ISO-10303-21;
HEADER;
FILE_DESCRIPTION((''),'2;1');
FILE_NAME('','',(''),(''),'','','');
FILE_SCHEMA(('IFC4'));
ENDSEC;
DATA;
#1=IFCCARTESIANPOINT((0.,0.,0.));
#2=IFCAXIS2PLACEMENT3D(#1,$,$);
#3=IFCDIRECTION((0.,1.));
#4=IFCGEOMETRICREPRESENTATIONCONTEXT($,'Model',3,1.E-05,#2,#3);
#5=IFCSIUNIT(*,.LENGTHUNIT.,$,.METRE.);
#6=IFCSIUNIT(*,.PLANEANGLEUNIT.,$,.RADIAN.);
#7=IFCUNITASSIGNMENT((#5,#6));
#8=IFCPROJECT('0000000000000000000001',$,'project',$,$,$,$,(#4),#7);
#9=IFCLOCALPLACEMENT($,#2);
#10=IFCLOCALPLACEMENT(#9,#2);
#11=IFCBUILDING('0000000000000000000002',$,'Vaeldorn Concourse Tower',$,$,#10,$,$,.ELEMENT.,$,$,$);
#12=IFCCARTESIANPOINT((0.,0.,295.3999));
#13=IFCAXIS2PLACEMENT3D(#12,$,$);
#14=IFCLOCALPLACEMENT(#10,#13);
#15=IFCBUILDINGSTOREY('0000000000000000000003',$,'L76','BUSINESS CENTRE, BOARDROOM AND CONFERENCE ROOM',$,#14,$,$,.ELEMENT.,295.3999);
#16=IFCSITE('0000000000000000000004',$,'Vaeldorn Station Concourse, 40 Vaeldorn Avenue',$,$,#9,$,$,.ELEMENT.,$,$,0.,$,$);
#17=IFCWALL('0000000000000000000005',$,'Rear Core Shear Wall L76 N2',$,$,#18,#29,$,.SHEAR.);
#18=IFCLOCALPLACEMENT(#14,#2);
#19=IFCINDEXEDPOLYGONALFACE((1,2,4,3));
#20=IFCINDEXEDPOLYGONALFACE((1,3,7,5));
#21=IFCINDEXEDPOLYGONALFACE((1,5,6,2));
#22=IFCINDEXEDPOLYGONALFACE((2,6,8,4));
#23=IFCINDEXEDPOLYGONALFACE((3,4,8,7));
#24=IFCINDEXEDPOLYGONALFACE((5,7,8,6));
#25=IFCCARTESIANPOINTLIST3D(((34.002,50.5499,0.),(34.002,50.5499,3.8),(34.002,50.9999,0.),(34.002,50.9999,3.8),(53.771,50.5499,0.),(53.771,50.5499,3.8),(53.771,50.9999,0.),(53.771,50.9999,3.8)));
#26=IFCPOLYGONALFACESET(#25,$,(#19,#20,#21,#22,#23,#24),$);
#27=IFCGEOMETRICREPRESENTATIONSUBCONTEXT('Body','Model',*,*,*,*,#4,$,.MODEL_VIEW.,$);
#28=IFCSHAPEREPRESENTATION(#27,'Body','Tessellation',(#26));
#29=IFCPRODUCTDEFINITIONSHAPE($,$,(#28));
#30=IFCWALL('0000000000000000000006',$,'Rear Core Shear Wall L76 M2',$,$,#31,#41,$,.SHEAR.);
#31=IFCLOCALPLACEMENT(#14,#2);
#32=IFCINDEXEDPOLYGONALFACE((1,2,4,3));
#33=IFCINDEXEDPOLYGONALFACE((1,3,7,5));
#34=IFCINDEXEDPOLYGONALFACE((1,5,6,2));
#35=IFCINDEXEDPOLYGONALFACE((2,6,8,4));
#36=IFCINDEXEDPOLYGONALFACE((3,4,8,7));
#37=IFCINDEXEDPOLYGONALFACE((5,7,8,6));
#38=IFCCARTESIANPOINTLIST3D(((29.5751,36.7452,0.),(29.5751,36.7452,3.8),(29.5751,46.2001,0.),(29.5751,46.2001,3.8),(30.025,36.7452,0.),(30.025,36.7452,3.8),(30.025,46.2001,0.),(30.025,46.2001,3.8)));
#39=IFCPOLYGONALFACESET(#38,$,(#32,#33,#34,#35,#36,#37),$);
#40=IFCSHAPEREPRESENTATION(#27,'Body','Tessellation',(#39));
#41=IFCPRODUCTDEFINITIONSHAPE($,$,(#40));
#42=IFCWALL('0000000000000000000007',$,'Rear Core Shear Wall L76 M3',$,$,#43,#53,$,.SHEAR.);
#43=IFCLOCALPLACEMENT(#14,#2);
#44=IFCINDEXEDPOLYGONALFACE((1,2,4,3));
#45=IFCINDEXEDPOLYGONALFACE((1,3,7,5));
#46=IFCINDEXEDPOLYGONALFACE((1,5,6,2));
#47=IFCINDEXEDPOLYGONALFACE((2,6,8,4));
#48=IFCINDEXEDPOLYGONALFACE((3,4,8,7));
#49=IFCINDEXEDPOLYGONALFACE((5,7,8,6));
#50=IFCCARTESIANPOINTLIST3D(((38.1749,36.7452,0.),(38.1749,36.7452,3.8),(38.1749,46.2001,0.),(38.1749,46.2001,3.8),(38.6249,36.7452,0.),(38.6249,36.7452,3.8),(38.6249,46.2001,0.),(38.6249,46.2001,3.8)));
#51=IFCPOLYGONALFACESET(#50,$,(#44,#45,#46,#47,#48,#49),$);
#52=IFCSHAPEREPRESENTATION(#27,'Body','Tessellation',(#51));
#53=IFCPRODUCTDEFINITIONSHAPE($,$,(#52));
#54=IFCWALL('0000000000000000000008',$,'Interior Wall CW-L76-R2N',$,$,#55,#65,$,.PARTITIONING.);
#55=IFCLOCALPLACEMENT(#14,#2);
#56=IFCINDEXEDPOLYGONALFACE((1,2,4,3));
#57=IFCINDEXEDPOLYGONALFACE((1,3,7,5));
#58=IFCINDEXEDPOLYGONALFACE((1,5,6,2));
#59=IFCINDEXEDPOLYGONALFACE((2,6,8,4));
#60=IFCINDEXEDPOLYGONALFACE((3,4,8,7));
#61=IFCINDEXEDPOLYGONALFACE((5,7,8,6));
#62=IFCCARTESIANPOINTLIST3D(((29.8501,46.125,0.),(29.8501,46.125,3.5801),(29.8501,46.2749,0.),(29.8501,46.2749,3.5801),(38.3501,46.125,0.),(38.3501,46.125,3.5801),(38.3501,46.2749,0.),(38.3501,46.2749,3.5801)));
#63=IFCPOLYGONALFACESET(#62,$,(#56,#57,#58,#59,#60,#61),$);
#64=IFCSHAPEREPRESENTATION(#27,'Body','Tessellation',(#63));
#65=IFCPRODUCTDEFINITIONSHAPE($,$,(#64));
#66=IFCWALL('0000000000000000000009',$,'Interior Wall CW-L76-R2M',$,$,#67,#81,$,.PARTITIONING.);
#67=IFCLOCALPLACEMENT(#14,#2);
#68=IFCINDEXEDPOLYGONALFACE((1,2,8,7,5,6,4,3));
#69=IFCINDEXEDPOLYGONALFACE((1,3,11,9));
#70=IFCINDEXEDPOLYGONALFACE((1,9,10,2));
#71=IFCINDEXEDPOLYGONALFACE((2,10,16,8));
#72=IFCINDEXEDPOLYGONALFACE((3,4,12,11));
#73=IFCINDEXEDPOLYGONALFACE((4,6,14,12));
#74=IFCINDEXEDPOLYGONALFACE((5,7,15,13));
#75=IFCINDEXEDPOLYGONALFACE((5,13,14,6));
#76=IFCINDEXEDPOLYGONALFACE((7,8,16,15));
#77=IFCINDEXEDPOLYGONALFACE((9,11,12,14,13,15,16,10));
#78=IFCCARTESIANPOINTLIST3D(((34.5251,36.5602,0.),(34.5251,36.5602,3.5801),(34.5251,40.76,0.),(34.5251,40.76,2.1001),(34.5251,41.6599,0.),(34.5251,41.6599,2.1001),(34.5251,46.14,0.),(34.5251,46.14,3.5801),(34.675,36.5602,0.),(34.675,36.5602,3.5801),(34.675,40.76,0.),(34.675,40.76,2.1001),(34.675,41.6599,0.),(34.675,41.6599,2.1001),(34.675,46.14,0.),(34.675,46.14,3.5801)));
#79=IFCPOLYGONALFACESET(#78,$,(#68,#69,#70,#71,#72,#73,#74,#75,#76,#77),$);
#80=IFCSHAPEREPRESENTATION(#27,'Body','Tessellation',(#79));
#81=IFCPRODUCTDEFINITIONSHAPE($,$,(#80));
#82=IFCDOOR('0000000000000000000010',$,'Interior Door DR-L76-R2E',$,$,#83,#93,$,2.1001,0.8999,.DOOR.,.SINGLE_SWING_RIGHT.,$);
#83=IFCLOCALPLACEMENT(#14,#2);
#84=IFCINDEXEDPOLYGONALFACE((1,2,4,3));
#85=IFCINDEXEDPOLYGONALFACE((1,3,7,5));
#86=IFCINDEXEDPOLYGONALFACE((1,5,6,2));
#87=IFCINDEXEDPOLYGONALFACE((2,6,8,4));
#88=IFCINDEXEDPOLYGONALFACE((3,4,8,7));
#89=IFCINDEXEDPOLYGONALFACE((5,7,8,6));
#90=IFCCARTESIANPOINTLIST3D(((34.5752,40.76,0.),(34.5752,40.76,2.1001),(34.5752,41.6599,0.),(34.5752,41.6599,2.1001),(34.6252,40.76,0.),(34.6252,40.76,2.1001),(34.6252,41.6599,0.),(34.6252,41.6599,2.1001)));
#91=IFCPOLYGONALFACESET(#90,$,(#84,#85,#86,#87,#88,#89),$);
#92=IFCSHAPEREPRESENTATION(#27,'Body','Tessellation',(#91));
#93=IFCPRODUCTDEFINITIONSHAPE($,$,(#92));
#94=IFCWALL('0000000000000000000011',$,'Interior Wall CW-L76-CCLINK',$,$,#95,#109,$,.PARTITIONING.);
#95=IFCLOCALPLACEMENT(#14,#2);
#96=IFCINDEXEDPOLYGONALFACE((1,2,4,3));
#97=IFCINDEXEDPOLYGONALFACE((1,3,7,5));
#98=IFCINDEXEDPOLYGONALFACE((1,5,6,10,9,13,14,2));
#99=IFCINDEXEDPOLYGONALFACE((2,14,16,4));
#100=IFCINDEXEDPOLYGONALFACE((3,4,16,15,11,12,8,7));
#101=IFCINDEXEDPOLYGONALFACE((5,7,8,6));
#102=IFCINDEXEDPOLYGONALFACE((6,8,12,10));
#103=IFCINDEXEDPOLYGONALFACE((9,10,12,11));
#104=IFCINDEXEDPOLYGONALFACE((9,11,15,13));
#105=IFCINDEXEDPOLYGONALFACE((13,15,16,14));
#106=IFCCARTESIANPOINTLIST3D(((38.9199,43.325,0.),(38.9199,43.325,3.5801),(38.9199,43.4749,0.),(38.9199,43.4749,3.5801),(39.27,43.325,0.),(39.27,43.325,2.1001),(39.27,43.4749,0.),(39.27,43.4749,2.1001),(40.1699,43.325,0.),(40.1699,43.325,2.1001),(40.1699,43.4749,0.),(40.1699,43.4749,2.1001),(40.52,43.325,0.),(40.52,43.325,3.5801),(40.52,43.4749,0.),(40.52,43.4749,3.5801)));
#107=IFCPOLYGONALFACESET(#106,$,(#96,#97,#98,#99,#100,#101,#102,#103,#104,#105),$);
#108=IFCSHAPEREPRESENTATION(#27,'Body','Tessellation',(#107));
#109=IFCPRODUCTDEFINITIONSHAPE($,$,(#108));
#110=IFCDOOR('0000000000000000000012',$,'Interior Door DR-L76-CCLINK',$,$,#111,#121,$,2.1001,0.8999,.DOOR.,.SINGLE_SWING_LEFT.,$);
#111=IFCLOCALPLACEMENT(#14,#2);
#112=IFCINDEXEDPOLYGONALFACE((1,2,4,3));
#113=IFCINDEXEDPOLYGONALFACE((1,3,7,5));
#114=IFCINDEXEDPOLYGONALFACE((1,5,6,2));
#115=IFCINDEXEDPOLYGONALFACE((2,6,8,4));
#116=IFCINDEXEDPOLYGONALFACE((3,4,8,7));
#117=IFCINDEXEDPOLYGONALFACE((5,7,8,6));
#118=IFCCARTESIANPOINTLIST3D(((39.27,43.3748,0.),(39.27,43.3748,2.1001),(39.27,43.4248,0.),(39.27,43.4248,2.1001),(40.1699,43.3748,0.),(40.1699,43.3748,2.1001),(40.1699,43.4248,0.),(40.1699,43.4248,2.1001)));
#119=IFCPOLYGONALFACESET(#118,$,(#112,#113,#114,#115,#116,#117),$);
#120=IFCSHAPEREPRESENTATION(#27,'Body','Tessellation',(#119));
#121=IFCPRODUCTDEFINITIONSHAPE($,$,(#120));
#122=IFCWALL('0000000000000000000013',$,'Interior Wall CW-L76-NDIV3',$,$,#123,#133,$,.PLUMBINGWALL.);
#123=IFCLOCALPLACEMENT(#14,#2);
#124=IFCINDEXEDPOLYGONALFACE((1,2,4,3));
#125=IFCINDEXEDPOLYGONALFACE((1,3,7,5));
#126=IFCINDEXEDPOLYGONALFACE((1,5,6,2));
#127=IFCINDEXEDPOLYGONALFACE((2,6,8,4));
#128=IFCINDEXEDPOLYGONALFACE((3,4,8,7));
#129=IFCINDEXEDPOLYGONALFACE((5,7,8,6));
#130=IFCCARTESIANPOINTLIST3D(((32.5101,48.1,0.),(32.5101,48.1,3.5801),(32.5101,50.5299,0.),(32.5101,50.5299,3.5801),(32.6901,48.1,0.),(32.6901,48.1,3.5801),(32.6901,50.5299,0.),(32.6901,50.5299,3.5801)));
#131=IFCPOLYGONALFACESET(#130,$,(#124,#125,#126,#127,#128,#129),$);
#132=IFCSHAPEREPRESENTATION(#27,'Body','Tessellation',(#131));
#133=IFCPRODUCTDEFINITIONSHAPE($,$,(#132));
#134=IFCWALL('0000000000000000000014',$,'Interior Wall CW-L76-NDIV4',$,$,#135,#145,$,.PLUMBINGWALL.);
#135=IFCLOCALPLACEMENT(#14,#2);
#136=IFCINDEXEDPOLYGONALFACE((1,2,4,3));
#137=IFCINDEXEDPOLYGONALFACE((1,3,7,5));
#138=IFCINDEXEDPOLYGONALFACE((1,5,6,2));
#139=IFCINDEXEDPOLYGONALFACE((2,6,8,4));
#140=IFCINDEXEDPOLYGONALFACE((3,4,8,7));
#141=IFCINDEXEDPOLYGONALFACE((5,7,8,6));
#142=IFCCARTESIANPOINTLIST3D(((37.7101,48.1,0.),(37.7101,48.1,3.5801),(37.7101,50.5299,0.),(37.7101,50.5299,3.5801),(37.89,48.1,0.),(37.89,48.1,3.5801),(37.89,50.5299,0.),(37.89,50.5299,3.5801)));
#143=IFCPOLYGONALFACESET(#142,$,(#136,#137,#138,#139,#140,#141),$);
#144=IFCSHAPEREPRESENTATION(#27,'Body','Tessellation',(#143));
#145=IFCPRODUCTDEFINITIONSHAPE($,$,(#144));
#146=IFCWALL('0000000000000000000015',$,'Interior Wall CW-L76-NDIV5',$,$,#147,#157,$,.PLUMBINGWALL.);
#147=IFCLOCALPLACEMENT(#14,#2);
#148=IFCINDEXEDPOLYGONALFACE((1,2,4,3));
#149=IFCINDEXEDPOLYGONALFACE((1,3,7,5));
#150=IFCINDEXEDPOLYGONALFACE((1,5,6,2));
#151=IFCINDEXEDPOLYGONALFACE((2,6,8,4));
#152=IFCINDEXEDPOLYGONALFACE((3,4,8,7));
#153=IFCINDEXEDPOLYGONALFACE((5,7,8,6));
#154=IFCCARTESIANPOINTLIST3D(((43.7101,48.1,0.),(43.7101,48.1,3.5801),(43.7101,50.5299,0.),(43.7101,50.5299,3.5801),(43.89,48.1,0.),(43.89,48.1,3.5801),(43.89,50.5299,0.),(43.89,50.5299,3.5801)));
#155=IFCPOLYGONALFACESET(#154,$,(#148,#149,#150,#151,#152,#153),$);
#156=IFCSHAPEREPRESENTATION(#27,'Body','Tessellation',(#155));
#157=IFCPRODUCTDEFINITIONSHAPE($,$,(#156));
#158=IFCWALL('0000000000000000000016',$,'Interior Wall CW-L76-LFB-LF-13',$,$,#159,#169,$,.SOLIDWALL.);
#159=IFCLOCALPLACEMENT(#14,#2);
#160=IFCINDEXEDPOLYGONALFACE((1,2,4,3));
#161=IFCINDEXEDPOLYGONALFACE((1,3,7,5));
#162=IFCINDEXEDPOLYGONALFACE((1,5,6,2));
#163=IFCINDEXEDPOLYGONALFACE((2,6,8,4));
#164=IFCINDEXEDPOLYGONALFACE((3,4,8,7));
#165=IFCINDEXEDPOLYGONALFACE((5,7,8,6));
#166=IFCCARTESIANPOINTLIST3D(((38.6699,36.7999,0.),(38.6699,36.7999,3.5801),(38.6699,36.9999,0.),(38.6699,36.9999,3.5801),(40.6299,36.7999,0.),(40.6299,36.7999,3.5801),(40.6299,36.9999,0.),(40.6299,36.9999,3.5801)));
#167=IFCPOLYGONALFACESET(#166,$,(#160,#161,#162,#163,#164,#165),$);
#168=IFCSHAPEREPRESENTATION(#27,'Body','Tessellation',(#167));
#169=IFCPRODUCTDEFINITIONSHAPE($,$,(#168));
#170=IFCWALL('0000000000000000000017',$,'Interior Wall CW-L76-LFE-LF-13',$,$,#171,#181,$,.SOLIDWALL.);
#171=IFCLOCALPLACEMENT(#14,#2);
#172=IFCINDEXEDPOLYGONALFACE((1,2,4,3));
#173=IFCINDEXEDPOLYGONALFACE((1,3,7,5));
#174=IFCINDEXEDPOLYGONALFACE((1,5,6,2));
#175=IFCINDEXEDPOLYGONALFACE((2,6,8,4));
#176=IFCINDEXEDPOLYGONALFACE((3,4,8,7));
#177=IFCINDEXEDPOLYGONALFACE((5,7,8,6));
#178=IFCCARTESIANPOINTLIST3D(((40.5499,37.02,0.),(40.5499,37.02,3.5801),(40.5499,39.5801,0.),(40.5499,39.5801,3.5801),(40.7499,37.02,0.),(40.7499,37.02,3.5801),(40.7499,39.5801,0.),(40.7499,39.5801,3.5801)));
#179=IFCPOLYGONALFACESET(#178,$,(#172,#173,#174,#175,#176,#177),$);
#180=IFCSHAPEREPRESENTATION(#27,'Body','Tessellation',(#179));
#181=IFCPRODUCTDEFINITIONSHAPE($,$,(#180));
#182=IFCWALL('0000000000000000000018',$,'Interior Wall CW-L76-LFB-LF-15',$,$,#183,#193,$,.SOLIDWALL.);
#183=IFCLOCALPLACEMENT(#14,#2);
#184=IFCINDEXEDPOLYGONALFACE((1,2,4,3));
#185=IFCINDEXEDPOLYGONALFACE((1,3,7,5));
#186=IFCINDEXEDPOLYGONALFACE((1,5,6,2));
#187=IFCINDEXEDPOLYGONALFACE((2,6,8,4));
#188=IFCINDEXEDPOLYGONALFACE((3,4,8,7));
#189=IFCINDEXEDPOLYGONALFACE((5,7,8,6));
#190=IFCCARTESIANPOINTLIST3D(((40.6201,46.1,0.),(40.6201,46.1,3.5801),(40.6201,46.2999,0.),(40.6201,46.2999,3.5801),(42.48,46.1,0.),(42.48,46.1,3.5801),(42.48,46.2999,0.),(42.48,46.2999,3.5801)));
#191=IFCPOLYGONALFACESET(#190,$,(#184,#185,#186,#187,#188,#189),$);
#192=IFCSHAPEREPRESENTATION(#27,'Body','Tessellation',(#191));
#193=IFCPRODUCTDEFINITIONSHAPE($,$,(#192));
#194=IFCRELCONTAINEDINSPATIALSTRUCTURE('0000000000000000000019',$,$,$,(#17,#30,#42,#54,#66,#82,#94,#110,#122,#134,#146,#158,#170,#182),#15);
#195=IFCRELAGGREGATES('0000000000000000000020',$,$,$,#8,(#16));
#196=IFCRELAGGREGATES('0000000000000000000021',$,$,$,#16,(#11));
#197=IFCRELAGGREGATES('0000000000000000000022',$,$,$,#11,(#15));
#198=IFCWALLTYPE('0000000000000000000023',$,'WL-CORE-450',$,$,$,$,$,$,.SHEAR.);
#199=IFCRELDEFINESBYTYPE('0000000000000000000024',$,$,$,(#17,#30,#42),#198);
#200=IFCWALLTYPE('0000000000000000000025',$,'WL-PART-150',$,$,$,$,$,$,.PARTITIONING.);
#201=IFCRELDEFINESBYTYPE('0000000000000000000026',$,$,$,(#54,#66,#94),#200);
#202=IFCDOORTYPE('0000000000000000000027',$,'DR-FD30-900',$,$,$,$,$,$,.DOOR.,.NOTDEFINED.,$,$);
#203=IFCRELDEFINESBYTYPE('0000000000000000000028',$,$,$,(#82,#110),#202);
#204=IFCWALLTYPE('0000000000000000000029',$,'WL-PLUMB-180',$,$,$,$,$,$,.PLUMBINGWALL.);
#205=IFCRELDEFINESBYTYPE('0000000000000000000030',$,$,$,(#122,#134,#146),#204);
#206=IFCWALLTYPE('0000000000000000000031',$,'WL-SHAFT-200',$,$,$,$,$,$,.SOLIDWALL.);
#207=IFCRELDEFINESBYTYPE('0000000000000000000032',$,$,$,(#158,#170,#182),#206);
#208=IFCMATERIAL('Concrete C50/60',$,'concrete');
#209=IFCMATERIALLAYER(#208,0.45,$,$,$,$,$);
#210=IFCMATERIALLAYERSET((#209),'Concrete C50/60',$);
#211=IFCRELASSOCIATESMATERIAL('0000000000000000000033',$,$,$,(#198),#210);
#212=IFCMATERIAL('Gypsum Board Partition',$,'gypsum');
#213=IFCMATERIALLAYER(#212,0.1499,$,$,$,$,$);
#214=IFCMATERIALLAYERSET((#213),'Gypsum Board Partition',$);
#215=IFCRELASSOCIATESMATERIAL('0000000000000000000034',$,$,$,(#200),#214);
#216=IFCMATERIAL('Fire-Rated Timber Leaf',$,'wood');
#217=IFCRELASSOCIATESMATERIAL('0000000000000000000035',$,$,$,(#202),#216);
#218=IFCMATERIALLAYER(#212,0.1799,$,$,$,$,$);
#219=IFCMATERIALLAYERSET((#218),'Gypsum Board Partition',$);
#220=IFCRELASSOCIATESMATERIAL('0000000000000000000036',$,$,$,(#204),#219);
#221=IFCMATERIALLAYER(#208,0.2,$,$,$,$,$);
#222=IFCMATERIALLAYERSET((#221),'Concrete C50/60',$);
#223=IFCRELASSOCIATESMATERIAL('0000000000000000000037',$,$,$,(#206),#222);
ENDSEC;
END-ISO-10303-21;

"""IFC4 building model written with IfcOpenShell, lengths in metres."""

from ifc_helpers import new_model, si_unit, direction, frame, frame_2d, origin, place, context, subcontext, project, spatial, rectangle, extrude, source, transform, mapped, material, layer, layer_set, type_object, element, fill, save


model = new_model("IFC4")

# Units and contexts
model_context = context("Model", 3, precision=1e-05, world=origin(), true_north=direction((0.0, 1.0)))
body_context = subcontext(model_context, "Body", "Model", "MODEL_VIEW")
ifc_project = project(units=[si_unit("LENGTHUNIT", "METRE"), si_unit("PLANEANGLEUNIT", "RADIAN")], contexts=[model_context])

# Site, building, storey
site_placement = place(None, origin())
site = spatial("IfcSite", under=ifc_project, at=site_placement, Name="Vaeldorn Station Concourse, 40 Vaeldorn Avenue", CompositionType="ELEMENT", RefElevation=0.0)
building_placement = place(site_placement, origin())
building = spatial("IfcBuilding", under=site, at=building_placement, Name="Vaeldorn Concourse Tower", CompositionType="ELEMENT")
storey_placement = place(building_placement, frame((0.0, 0.0, 295.3999)))
storey = spatial("IfcBuildingStorey", under=building, at=storey_placement, Name="L76", Description="BUSINESS CENTRE, BOARDROOM AND CONFERENCE ROOM", CompositionType="ELEMENT", Elevation=295.3999)

# Walls
ifc_material_1 = material(Name="Concrete C50/60", Category="concrete")
ifc_layer_1 = layer(ifc_material_1, 0.45)
ifc_layer_set_1 = layer_set([ifc_layer_1], Name="Concrete C50/60")
wall_type_1 = type_object("IfcWallType", Name="WL-CORE-450", PredefinedType="SHEAR", material=ifc_layer_set_1)
wall_1_placement = place(storey_placement, frame((34.002, 50.7749, 0.0), z_axis=(0.0, 0.0, 1.0), x_axis=(1.0, 0.0, 0.0)))
element("IfcWall", 1, at=wall_1_placement, inside=storey, type_object=wall_type_1, Name="Rear Core Shear Wall L76 N2", PredefinedType="SHEAR", context=body_context, shape_type="SweptSolid", body=[
    extrude(rectangle(XDim=19.769, YDim=0.45, at=frame_2d((9.8845, 0.0))), origin(), (0.0, 0.0, 1.0), 3.8),
])
for number, where, z_axis, x_axis, name in (
    (2, (29.8, 36.7451, 0.0), (0.0, 0.0, 1.0), (0.0, 1.0, 0.0), "Rear Core Shear Wall L76 M2"),
    (3, (38.3999, 36.7451, 0.0), (0.0, 0.0, 1.0), (0.0, 1.0, 0.0), "Rear Core Shear Wall L76 M3"),
):
    element("IfcWall", number, at=place(storey_placement, frame(where, z_axis=z_axis, x_axis=x_axis)), inside=storey, type_object=wall_type_1, Name=name, PredefinedType="SHEAR", context=body_context, shape_type="SweptSolid", body=[
        extrude(rectangle(XDim=9.4548, YDim=0.45, at=frame_2d((4.7275, 0.0))), origin(), (0.0, 0.0, 1.0), 3.8),
    ])
ifc_material_2 = material(Name="Gypsum Board Partition", Category="gypsum")
ifc_layer_2 = layer(ifc_material_2, 0.1499)
ifc_layer_set_2 = layer_set([ifc_layer_2], Name="Gypsum Board Partition")
wall_type_2 = type_object("IfcWallType", Name="WL-PART-150", PredefinedType="PARTITIONING", material=ifc_layer_set_2)
wall_2_placement = place(storey_placement, frame((29.8501, 46.2, 0.0), z_axis=(0.0, 0.0, 1.0), x_axis=(1.0, 0.0, 0.0)))
element("IfcWall", 4, at=wall_2_placement, inside=storey, type_object=wall_type_2, Name="Interior Wall CW-L76-R2N", PredefinedType="PARTITIONING", context=body_context, shape_type="SweptSolid", body=[
    extrude(rectangle(XDim=8.5, YDim=0.1499, at=frame_2d((4.25, 0.0))), origin(), (0.0, 0.0, 1.0), 3.5801),
])

# Walls, openings, doors
wall_3_placement = place(storey_placement, frame((34.6001, 36.5601, 0.0), z_axis=(0.0, 0.0, 1.0), x_axis=(0.0, 1.0, 0.0)))
wall_3 = element("IfcWall", 5, at=wall_3_placement, inside=storey, type_object=wall_type_2, Name="Interior Wall CW-L76-R2M", PredefinedType="PARTITIONING", context=body_context, shape_type="SweptSolid", body=[
    extrude(rectangle(XDim=9.5798, YDim=0.1499, at=frame_2d((4.79, 0.0))), origin(), (0.0, 0.0, 1.0), 3.5801),
])
opening_1_placement = place(wall_3_placement, frame((4.2, 0.0, 0.0)))
opening_1 = element("IfcOpeningElement", 6, at=opening_1_placement, cuts=wall_3, PredefinedType="OPENING", context=body_context, shape_type="SweptSolid", body=[
    extrude(rectangle(XDim=0.8999, YDim=2.1001, at=frame_2d((0.45, 1.05))), frame((0.0, 0.085, 0.0), z_axis=(0.0, -1.0, 0.0), x_axis=(1.0, 0.0, 0.0)), (0.0, 0.0, 1.0), 0.1699),
])
ifc_material_3 = material(Name="Fire-Rated Timber Leaf", Category="wood")
door_type_1 = type_object("IfcDoorType", Name="DR-FD30-900", OperationType="NOTDEFINED", PredefinedType="DOOR", material=ifc_material_3)
shared_shape_1 = source(origin(), body_context, "Body", "SweptSolid", [
    extrude(rectangle(XDim=0.8999, YDim=2.1001, at=frame_2d((0.45, 1.05))), frame((0.0, 0.0249, 0.0), z_axis=(0.0, -1.0, 0.0), x_axis=(1.0, 0.0, 0.0)), (0.0, 0.0, 1.0), 0.05),
])
door_1_placement = place(opening_1_placement, origin())
door_1 = element("IfcDoor", 7, at=door_1_placement, inside=storey, type_object=door_type_1, Name="Interior Door DR-L76-R2E", OperationType="SINGLE_SWING_RIGHT", OverallHeight=2.1001, OverallWidth=0.8999, PredefinedType="DOOR", context=body_context, shape_type="MappedRepresentation", body=[
    mapped(shared_shape_1, transform((0.0, 0.0, 0.0), scale=1.0)),
])
fill(opening_1, door_1)
wall_4_placement = place(storey_placement, frame((38.9199, 43.3999, 0.0), z_axis=(0.0, 0.0, 1.0), x_axis=(1.0, 0.0, 0.0)))
wall_4 = element("IfcWall", 8, at=wall_4_placement, inside=storey, type_object=wall_type_2, Name="Interior Wall CW-L76-CCLINK", PredefinedType="PARTITIONING", context=body_context, shape_type="SweptSolid", body=[
    extrude(rectangle(XDim=1.6001, YDim=0.1499, at=frame_2d((0.8, 0.0))), origin(), (0.0, 0.0, 1.0), 3.5801),
])
opening_2_placement = place(wall_4_placement, frame((0.3501, 0.0, 0.0)))
opening_2 = element("IfcOpeningElement", 9, at=opening_2_placement, cuts=wall_4, PredefinedType="OPENING", context=body_context, shape_type="SweptSolid", body=[
    extrude(rectangle(XDim=0.8999, YDim=2.1001, at=frame_2d((0.45, 1.05))), frame((0.0, 0.085, 0.0), z_axis=(0.0, -1.0, 0.0), x_axis=(1.0, 0.0, 0.0)), (0.0, 0.0, 1.0), 0.1699),
])
door_2_placement = place(opening_2_placement, origin())
door_2 = element("IfcDoor", 10, at=door_2_placement, inside=storey, type_object=door_type_1, Name="Interior Door DR-L76-CCLINK", OperationType="SINGLE_SWING_LEFT", OverallHeight=2.1001, OverallWidth=0.8999, PredefinedType="DOOR", context=body_context, shape_type="MappedRepresentation", body=[
    mapped(shared_shape_1, transform((0.0, 0.0, 0.0), scale=1.0)),
])
fill(opening_2, door_2)

# Walls
ifc_layer_3 = layer(ifc_material_2, 0.1799)
ifc_layer_set_3 = layer_set([ifc_layer_3], Name="Gypsum Board Partition")
wall_type_3 = type_object("IfcWallType", Name="WL-PLUMB-180", PredefinedType="PLUMBINGWALL", material=ifc_layer_set_3)
for number, where, z_axis, x_axis, name in (
    (11, (32.6001, 48.1001, 0.0), (0.0, 0.0, 1.0), (0.0, 1.0, 0.0), "Interior Wall CW-L76-NDIV3"),
    (12, (37.8, 48.1001, 0.0), (0.0, 0.0, 1.0), (0.0, 1.0, 0.0), "Interior Wall CW-L76-NDIV4"),
    (13, (43.8, 48.1001, 0.0), (0.0, 0.0, 1.0), (0.0, 1.0, 0.0), "Interior Wall CW-L76-NDIV5"),
):
    element("IfcWall", number, at=place(storey_placement, frame(where, z_axis=z_axis, x_axis=x_axis)), inside=storey, type_object=wall_type_3, Name=name, PredefinedType="PLUMBINGWALL", context=body_context, shape_type="SweptSolid", body=[
        extrude(rectangle(XDim=2.4299, YDim=0.1799, at=frame_2d((1.2148, 0.0))), origin(), (0.0, 0.0, 1.0), 3.5801),
    ])

# Shared definitions
ifc_layer_4 = layer(ifc_material_1, 0.2)
ifc_layer_set_4 = layer_set([ifc_layer_4], Name="Concrete C50/60")
wall_type_4 = type_object("IfcWallType", Name="WL-SHAFT-200", PredefinedType="SOLIDWALL", material=ifc_layer_set_4)

# Walls
wall_5_placement = place(storey_placement, frame((38.6699, 36.8999, 0.0), z_axis=(0.0, 0.0, 1.0), x_axis=(1.0, 0.0, 0.0)))
element("IfcWall", 14, at=wall_5_placement, inside=storey, type_object=wall_type_4, Name="Interior Wall CW-L76-LFB-LF-13", PredefinedType="SOLIDWALL", context=body_context, shape_type="SweptSolid", body=[
    extrude(rectangle(XDim=1.96, YDim=0.2, at=frame_2d((0.98, 0.0))), origin(), (0.0, 0.0, 1.0), 3.5801),
])
wall_6_placement = place(storey_placement, frame((40.6499, 37.02, 0.0), z_axis=(0.0, 0.0, 1.0), x_axis=(0.0, 1.0, 0.0)))
element("IfcWall", 15, at=wall_6_placement, inside=storey, type_object=wall_type_4, Name="Interior Wall CW-L76-LFE-LF-13", PredefinedType="SOLIDWALL", context=body_context, shape_type="SweptSolid", body=[
    extrude(rectangle(XDim=2.5601, YDim=0.2, at=frame_2d((1.28, 0.0))), origin(), (0.0, 0.0, 1.0), 3.5801),
])

# Wall
wall_7_placement = place(storey_placement, frame((40.6201, 46.2, 0.0), z_axis=(0.0, 0.0, 1.0), x_axis=(1.0, 0.0, 0.0)))
element("IfcWall", 16, at=wall_7_placement, inside=storey, type_object=wall_type_4, Name="Interior Wall CW-L76-LFB-LF-15", PredefinedType="SOLIDWALL", context=body_context, shape_type="SweptSolid", body=[
    extrude(rectangle(XDim=1.8599, YDim=0.2, at=frame_2d((0.9299, 0.0))), origin(), (0.0, 0.0, 1.0), 3.5801),
])

save(model, "model.ifc")
